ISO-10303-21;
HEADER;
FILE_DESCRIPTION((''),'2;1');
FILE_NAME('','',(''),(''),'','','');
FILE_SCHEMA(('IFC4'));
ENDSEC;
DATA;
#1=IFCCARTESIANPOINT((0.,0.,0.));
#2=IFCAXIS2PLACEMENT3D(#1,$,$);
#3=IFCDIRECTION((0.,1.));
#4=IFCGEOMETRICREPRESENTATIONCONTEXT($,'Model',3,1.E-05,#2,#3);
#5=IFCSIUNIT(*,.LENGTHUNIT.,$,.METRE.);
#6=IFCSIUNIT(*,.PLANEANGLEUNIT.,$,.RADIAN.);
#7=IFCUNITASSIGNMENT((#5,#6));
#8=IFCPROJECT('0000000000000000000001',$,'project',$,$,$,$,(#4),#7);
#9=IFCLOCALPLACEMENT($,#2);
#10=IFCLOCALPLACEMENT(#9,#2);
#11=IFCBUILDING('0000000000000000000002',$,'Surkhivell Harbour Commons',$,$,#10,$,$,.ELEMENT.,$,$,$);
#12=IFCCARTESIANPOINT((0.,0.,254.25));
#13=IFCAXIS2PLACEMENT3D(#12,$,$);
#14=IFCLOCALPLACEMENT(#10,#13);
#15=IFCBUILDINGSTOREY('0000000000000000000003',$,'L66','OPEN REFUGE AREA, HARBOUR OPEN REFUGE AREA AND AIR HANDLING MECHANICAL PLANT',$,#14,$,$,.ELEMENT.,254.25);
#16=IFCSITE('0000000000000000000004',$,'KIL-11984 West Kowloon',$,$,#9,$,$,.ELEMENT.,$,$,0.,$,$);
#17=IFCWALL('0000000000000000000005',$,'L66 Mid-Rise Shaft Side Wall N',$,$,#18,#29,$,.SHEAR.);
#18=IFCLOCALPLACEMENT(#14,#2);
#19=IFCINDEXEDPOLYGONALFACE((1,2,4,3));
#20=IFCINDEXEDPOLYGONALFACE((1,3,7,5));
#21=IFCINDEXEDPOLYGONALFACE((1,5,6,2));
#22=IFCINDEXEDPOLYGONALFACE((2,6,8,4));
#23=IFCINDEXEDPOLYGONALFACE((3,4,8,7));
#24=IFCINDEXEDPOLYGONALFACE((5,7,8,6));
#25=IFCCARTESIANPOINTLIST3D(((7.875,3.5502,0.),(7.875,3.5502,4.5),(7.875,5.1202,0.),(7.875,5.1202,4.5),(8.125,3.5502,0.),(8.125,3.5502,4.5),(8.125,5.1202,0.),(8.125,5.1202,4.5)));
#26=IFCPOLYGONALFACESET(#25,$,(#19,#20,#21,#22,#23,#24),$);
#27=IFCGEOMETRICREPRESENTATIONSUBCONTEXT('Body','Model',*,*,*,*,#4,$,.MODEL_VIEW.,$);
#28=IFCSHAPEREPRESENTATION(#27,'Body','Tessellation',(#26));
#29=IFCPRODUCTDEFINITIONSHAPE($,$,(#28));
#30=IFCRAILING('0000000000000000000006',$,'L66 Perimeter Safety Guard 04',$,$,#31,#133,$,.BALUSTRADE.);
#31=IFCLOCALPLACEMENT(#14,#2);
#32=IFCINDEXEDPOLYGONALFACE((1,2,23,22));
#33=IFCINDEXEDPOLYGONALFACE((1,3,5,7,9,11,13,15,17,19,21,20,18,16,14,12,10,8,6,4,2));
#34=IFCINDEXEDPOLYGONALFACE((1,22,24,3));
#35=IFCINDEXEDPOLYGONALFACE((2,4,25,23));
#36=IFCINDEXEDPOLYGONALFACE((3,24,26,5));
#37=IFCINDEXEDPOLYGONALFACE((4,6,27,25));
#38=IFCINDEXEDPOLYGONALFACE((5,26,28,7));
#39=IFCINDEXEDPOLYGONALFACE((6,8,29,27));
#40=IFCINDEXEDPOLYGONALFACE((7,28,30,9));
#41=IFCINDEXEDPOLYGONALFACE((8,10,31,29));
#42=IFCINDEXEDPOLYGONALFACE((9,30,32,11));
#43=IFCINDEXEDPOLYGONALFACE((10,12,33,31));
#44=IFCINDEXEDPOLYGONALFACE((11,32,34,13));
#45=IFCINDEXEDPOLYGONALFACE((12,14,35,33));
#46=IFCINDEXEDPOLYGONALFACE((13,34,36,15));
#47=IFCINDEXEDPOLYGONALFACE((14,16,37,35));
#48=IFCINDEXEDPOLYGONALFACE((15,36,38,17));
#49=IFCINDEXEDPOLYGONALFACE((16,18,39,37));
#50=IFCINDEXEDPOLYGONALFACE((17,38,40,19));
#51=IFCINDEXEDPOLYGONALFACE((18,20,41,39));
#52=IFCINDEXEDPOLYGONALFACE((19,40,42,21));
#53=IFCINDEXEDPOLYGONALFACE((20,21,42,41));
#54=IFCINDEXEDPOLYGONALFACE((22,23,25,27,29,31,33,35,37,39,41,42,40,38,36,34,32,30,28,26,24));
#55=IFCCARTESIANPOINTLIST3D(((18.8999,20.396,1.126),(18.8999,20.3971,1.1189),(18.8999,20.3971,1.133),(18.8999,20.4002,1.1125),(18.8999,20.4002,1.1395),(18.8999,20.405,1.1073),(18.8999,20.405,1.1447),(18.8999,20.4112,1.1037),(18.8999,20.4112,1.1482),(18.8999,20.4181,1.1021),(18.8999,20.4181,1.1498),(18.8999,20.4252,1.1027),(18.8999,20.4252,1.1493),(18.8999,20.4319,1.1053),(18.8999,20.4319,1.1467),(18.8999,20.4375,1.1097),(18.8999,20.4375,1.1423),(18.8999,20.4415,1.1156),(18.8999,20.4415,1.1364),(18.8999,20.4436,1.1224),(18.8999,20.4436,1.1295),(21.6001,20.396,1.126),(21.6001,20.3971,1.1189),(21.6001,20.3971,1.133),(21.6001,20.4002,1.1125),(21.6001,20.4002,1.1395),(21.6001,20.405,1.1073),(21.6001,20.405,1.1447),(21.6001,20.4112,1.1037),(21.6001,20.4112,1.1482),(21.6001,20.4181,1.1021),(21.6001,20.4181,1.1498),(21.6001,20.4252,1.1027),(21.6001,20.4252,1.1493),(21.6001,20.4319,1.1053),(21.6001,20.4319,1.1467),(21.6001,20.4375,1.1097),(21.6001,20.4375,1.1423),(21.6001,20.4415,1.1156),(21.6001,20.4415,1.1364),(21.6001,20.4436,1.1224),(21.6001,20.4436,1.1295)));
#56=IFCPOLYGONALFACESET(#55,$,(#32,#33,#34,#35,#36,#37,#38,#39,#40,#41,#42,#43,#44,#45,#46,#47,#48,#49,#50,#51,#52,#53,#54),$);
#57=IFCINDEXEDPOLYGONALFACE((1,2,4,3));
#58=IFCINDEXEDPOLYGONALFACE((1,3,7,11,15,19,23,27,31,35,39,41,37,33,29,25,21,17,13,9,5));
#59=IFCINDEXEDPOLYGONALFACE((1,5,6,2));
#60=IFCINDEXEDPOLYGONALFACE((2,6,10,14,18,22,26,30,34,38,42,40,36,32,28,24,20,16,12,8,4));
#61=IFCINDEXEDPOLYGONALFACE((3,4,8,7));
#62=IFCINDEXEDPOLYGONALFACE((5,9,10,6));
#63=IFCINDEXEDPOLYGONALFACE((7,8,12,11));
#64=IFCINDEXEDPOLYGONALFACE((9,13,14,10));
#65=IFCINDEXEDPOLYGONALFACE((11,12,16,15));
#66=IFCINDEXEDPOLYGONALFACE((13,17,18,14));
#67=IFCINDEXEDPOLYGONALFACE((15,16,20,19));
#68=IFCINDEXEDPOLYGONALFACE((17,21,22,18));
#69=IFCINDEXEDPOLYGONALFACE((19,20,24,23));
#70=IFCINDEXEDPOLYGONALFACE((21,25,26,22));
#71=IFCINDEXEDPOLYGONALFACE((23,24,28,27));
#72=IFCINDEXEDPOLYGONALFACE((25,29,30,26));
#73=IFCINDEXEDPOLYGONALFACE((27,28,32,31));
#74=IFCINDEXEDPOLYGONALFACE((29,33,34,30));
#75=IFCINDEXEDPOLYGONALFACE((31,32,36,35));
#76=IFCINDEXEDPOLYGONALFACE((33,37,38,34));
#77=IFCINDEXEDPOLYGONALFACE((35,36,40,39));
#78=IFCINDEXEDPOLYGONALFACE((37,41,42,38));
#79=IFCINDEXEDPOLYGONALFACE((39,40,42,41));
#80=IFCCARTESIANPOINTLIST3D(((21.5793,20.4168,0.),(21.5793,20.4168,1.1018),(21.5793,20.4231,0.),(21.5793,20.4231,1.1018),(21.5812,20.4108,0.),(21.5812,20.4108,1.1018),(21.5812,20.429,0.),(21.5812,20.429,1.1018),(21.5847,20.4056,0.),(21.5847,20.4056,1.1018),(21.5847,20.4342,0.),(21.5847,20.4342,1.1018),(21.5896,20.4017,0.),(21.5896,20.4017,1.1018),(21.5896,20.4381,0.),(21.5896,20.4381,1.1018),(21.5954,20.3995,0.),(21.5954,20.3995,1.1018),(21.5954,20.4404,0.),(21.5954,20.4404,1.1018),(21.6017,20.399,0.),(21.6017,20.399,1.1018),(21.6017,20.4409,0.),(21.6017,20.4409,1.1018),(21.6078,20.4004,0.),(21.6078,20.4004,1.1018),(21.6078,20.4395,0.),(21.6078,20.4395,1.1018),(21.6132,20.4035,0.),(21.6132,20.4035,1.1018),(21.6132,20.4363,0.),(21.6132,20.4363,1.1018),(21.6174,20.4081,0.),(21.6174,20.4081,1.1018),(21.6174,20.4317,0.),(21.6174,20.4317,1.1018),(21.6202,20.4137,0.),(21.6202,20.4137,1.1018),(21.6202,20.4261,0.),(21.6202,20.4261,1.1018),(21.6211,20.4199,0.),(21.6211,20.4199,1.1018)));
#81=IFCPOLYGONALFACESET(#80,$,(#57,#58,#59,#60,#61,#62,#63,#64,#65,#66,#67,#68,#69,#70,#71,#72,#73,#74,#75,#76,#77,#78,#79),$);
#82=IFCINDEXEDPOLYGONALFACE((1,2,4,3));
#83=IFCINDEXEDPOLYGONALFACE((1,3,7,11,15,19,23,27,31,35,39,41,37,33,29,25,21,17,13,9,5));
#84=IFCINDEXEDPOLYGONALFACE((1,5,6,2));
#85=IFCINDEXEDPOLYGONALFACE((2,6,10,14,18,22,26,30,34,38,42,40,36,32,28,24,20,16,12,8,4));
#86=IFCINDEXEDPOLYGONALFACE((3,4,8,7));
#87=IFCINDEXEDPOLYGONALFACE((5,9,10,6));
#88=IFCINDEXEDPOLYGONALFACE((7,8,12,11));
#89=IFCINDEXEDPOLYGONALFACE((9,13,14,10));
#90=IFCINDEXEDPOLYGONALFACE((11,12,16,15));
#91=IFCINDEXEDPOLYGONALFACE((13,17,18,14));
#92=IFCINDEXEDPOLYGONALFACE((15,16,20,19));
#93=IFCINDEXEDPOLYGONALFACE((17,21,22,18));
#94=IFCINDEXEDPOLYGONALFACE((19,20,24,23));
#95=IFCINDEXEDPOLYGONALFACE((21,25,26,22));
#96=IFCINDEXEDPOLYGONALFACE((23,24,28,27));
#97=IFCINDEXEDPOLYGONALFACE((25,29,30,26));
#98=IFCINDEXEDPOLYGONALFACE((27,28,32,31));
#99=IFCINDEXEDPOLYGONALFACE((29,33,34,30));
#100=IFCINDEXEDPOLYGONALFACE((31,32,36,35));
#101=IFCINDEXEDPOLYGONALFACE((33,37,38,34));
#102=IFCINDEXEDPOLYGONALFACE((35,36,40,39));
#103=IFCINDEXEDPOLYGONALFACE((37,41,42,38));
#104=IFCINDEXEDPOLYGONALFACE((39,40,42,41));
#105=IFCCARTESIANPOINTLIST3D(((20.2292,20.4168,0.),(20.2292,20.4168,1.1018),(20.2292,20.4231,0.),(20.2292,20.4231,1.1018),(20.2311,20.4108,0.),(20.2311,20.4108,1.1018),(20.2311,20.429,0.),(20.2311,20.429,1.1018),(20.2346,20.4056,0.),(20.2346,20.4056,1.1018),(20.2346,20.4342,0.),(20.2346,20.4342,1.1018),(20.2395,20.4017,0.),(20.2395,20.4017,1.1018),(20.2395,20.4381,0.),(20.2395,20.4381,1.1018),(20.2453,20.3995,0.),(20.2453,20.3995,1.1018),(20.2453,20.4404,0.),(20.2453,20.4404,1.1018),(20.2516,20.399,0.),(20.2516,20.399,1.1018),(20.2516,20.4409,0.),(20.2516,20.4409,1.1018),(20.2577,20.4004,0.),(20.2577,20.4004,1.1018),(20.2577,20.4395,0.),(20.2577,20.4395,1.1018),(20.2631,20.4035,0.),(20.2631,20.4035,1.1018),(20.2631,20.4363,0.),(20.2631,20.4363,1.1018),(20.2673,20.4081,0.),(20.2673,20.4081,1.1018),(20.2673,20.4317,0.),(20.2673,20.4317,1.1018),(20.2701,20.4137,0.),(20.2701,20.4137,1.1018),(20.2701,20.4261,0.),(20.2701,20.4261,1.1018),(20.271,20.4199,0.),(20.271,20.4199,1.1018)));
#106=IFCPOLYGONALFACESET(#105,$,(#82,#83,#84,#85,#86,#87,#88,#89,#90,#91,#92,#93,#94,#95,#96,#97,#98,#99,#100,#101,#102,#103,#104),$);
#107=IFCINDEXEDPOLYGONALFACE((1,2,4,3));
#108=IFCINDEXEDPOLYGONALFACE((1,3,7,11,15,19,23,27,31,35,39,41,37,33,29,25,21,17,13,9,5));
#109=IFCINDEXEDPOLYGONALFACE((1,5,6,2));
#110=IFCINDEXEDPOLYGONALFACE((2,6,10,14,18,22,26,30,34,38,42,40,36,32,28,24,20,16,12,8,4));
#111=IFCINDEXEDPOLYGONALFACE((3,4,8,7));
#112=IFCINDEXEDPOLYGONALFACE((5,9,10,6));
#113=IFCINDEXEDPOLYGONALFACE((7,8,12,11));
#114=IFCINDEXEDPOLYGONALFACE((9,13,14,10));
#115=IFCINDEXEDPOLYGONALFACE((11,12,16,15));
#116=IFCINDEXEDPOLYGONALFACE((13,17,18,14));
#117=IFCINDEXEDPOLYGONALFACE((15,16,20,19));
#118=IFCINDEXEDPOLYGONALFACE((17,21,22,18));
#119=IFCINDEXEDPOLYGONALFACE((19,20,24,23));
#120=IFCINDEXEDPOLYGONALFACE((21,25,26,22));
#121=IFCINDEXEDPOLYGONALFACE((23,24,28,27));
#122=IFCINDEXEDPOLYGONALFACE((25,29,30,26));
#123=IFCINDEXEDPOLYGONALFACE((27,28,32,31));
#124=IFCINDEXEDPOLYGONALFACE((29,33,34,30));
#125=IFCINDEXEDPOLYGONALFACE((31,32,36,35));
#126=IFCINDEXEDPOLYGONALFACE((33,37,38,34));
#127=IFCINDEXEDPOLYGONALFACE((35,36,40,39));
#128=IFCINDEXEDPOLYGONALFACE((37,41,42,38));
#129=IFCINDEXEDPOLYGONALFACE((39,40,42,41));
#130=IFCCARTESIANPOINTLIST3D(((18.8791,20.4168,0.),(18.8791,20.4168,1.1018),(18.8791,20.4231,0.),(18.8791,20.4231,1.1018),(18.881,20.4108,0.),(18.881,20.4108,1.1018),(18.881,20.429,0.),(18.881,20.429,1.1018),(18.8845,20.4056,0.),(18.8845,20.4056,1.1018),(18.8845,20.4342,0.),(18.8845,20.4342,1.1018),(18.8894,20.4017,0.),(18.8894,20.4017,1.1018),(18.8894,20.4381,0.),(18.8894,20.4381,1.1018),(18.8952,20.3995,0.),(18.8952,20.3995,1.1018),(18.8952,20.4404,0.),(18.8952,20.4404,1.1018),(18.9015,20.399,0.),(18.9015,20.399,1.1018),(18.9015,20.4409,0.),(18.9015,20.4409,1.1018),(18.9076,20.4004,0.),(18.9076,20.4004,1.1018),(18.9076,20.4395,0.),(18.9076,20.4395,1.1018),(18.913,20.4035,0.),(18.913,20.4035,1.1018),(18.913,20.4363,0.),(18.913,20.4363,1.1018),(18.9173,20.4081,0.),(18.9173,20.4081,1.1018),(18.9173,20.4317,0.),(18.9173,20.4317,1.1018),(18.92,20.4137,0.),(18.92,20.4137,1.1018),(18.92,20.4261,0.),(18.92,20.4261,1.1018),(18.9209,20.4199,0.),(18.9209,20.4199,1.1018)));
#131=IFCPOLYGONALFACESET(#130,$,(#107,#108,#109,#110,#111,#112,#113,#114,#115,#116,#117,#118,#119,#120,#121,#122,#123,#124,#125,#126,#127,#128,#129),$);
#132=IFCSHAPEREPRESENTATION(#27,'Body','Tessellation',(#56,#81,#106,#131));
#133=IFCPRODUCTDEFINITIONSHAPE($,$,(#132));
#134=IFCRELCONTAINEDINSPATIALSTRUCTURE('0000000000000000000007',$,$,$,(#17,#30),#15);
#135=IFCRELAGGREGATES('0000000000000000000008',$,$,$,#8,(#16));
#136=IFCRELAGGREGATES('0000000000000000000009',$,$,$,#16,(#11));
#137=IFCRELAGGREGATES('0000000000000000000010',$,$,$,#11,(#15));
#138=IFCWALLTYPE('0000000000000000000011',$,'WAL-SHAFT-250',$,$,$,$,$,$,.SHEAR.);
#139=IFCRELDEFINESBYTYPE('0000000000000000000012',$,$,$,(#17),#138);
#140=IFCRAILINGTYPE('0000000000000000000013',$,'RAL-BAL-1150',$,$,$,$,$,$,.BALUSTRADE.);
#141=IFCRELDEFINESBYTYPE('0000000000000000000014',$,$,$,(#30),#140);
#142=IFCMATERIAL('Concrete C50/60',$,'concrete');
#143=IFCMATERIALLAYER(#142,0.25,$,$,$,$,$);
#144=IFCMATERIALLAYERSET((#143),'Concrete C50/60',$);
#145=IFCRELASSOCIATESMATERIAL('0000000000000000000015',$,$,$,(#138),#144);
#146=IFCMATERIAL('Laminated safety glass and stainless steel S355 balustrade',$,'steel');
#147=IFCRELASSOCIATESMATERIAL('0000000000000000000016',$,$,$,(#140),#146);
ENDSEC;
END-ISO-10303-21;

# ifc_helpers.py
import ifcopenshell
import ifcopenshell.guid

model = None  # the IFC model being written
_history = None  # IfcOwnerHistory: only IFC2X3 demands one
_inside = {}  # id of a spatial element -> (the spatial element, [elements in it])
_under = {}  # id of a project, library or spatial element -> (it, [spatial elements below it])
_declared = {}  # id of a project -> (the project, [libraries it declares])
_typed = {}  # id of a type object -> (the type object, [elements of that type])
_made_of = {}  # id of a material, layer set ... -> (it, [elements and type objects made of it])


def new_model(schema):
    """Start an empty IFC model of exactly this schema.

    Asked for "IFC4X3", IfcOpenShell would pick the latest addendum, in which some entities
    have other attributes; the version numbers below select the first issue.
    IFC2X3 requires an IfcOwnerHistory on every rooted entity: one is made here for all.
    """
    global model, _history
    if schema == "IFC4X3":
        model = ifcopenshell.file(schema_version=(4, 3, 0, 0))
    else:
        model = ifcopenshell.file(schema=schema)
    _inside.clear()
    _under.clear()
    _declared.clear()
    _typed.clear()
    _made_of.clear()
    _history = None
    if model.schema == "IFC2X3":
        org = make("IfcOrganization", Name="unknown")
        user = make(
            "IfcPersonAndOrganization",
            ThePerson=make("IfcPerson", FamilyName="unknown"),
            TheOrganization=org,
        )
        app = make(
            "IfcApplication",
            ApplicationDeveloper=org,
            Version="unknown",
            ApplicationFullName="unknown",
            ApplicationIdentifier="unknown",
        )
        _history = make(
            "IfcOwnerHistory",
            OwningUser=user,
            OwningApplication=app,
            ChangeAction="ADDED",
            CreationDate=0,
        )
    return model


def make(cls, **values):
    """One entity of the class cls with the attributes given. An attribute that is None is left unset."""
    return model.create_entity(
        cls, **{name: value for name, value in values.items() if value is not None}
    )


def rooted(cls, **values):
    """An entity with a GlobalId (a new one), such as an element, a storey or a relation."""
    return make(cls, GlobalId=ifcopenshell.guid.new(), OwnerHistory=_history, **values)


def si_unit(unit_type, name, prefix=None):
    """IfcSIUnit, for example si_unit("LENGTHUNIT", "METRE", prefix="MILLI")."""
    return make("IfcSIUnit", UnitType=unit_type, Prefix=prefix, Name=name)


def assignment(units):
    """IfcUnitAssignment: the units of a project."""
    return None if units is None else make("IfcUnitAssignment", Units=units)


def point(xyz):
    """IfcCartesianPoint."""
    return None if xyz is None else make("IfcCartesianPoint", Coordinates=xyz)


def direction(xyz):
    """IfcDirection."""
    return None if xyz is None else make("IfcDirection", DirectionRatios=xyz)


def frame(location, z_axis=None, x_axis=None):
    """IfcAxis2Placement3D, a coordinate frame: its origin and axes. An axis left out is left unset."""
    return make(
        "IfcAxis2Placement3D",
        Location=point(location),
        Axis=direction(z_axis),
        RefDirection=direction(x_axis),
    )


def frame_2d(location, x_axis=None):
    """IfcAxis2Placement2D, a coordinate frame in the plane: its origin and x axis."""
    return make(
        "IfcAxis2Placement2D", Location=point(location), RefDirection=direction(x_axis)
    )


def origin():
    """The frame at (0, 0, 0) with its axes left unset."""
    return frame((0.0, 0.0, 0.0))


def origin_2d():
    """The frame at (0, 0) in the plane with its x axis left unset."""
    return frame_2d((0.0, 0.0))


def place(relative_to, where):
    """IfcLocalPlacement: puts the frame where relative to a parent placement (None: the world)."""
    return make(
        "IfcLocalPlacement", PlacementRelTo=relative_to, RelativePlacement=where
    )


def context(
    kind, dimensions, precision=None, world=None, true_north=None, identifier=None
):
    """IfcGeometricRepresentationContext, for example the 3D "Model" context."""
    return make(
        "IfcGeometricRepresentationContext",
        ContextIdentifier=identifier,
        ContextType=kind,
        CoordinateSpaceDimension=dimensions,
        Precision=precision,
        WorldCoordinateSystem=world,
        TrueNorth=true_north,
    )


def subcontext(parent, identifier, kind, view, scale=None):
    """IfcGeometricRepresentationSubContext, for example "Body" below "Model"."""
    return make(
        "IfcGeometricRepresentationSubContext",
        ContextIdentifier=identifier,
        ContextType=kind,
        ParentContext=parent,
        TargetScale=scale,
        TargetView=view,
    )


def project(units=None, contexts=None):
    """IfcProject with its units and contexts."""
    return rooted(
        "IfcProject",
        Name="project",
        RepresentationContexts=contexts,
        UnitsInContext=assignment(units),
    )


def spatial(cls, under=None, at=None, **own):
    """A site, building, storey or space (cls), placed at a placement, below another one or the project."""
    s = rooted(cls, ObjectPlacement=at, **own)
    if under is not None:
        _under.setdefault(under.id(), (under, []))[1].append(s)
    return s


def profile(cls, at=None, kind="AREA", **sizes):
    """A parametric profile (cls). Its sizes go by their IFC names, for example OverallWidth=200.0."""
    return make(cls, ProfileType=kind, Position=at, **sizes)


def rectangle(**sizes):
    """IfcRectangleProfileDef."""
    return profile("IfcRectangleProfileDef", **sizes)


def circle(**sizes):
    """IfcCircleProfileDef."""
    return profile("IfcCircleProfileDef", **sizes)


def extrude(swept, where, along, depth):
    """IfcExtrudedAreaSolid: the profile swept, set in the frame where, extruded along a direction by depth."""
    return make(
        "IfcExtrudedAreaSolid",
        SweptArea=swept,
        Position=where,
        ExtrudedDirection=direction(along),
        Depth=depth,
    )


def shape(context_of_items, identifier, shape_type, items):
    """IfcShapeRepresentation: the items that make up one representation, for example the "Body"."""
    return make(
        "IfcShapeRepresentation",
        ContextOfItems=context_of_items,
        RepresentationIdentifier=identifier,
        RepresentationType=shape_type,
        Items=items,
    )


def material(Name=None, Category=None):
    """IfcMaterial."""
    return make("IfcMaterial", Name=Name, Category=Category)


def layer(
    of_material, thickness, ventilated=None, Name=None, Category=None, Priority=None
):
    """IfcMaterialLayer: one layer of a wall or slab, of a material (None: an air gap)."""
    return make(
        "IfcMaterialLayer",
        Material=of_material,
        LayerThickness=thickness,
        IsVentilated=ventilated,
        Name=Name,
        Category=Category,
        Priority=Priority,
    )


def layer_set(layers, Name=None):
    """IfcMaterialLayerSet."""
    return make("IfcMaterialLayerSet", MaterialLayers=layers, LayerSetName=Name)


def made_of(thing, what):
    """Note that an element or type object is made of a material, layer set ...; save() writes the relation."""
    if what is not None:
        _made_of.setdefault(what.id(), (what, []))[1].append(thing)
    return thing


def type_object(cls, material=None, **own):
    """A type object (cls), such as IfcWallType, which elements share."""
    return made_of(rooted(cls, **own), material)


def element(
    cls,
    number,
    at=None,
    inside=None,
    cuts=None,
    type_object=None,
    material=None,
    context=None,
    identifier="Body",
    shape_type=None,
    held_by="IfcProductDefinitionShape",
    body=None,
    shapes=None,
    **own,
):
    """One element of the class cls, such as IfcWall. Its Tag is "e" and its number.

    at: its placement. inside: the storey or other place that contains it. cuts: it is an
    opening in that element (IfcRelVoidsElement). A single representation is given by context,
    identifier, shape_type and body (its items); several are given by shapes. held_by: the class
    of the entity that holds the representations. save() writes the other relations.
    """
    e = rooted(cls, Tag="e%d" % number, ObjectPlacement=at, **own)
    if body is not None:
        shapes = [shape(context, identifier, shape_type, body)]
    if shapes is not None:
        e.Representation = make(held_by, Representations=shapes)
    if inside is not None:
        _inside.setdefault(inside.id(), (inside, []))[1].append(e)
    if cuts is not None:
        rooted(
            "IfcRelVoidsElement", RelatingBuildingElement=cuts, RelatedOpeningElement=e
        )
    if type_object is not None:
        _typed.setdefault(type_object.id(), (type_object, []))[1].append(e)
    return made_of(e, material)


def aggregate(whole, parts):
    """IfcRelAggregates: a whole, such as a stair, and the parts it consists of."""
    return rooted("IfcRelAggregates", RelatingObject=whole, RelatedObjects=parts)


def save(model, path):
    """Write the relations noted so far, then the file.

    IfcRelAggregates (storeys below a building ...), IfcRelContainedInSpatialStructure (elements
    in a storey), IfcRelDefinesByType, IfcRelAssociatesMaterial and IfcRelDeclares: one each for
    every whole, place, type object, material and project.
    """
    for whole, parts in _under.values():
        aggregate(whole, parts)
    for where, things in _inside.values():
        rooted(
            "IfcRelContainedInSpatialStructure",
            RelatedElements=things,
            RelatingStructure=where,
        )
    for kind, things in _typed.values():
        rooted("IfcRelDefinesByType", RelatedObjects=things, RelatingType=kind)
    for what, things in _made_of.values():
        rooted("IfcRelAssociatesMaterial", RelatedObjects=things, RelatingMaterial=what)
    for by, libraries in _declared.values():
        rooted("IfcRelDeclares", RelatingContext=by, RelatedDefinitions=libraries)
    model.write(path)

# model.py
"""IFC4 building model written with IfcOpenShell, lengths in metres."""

from ifc_helpers import new_model, si_unit, direction, frame, frame_2d, origin, origin_2d, place, context, subcontext, project, spatial, rectangle, circle, extrude, material, layer, layer_set, type_object, element, save


model = new_model("IFC4")

# Units and contexts
model_context = context("Model", 3, precision=1e-05, world=origin(), true_north=direction((0.0, 1.0)))
body_context = subcontext(model_context, "Body", "Model", "MODEL_VIEW")
ifc_project = project(units=[si_unit("LENGTHUNIT", "METRE"), si_unit("PLANEANGLEUNIT", "RADIAN")], contexts=[model_context])

# Site, building, storey
site_placement = place(None, origin())
site = spatial("IfcSite", under=ifc_project, at=site_placement, Name="KIL-11984 West Kowloon", CompositionType="ELEMENT", RefElevation=0.0)
building_placement = place(site_placement, origin())
building = spatial("IfcBuilding", under=site, at=building_placement, Name="Surkhivell Harbour Commons", CompositionType="ELEMENT")
storey_placement = place(building_placement, frame((0.0, 0.0, 254.25)))
storey = spatial("IfcBuildingStorey", under=building, at=storey_placement, Name="L66", Description="OPEN REFUGE AREA, HARBOUR OPEN REFUGE AREA AND AIR HANDLING MECHANICAL PLANT", CompositionType="ELEMENT", Elevation=254.25)

# Shared definitions
ifc_material_1 = material(Name="Concrete C50/60", Category="concrete")

# Wall
ifc_layer_1 = layer(ifc_material_1, 0.25)
ifc_layer_set_1 = layer_set([ifc_layer_1], Name="Concrete C50/60")
wall_type_1 = type_object("IfcWallType", Name="WAL-SHAFT-250", PredefinedType="SHEAR", material=ifc_layer_set_1)
wall_1_placement = place(storey_placement, frame((8.0, 3.55, 0.0), z_axis=(0.0, 0.0, 1.0), x_axis=(0.0, 1.0, 0.0)))
element("IfcWall", 1, at=wall_1_placement, inside=storey, type_object=wall_type_1, Name="L66 Mid-Rise Shaft Side Wall N", PredefinedType="SHEAR", context=body_context, shape_type="SweptSolid", body=[
    extrude(rectangle(XDim=1.5701, YDim=0.25, at=frame_2d((0.7852, 0.0))), origin(), (0.0, 0.0, 1.0), 4.5),
])

# Railing
ifc_material_2 = material(Name="Laminated safety glass and stainless steel S355 balustrade", Category="steel")
railing_type = type_object("IfcRailingType", Name="RAL-BAL-1150", PredefinedType="BALUSTRADE", material=ifc_material_2)
railing_1_placement = place(storey_placement, frame((21.6001, 20.4199, 0.0)))
element("IfcRailing", 2, at=railing_1_placement, inside=storey, type_object=railing_type, Name="L66 Perimeter Safety Guard 04", PredefinedType="BALUSTRADE", context=body_context, shape_type="SweptSolid", body=[
    extrude(circle(Radius=0.0239, at=origin_2d()), frame((0.0, 0.0, 1.126), z_axis=(-1.0, 0.0, 0.0), x_axis=(0.0, -1.0, 0.0)), (0.0, 0.0, 1.0), 2.7002),
    extrude(circle(Radius=0.021, at=origin_2d()), origin(), (0.0, 0.0, 1.0), 1.1018),
    extrude(circle(Radius=0.021, at=origin_2d()), frame((-1.3501, 0.0, 0.0)), (0.0, 0.0, 1.0), 1.1018),
    extrude(circle(Radius=0.021, at=origin_2d()), frame((-2.7002, 0.0, 0.0)), (0.0, 0.0, 1.0), 1.1018),
])

save(model, "model.ifc")
